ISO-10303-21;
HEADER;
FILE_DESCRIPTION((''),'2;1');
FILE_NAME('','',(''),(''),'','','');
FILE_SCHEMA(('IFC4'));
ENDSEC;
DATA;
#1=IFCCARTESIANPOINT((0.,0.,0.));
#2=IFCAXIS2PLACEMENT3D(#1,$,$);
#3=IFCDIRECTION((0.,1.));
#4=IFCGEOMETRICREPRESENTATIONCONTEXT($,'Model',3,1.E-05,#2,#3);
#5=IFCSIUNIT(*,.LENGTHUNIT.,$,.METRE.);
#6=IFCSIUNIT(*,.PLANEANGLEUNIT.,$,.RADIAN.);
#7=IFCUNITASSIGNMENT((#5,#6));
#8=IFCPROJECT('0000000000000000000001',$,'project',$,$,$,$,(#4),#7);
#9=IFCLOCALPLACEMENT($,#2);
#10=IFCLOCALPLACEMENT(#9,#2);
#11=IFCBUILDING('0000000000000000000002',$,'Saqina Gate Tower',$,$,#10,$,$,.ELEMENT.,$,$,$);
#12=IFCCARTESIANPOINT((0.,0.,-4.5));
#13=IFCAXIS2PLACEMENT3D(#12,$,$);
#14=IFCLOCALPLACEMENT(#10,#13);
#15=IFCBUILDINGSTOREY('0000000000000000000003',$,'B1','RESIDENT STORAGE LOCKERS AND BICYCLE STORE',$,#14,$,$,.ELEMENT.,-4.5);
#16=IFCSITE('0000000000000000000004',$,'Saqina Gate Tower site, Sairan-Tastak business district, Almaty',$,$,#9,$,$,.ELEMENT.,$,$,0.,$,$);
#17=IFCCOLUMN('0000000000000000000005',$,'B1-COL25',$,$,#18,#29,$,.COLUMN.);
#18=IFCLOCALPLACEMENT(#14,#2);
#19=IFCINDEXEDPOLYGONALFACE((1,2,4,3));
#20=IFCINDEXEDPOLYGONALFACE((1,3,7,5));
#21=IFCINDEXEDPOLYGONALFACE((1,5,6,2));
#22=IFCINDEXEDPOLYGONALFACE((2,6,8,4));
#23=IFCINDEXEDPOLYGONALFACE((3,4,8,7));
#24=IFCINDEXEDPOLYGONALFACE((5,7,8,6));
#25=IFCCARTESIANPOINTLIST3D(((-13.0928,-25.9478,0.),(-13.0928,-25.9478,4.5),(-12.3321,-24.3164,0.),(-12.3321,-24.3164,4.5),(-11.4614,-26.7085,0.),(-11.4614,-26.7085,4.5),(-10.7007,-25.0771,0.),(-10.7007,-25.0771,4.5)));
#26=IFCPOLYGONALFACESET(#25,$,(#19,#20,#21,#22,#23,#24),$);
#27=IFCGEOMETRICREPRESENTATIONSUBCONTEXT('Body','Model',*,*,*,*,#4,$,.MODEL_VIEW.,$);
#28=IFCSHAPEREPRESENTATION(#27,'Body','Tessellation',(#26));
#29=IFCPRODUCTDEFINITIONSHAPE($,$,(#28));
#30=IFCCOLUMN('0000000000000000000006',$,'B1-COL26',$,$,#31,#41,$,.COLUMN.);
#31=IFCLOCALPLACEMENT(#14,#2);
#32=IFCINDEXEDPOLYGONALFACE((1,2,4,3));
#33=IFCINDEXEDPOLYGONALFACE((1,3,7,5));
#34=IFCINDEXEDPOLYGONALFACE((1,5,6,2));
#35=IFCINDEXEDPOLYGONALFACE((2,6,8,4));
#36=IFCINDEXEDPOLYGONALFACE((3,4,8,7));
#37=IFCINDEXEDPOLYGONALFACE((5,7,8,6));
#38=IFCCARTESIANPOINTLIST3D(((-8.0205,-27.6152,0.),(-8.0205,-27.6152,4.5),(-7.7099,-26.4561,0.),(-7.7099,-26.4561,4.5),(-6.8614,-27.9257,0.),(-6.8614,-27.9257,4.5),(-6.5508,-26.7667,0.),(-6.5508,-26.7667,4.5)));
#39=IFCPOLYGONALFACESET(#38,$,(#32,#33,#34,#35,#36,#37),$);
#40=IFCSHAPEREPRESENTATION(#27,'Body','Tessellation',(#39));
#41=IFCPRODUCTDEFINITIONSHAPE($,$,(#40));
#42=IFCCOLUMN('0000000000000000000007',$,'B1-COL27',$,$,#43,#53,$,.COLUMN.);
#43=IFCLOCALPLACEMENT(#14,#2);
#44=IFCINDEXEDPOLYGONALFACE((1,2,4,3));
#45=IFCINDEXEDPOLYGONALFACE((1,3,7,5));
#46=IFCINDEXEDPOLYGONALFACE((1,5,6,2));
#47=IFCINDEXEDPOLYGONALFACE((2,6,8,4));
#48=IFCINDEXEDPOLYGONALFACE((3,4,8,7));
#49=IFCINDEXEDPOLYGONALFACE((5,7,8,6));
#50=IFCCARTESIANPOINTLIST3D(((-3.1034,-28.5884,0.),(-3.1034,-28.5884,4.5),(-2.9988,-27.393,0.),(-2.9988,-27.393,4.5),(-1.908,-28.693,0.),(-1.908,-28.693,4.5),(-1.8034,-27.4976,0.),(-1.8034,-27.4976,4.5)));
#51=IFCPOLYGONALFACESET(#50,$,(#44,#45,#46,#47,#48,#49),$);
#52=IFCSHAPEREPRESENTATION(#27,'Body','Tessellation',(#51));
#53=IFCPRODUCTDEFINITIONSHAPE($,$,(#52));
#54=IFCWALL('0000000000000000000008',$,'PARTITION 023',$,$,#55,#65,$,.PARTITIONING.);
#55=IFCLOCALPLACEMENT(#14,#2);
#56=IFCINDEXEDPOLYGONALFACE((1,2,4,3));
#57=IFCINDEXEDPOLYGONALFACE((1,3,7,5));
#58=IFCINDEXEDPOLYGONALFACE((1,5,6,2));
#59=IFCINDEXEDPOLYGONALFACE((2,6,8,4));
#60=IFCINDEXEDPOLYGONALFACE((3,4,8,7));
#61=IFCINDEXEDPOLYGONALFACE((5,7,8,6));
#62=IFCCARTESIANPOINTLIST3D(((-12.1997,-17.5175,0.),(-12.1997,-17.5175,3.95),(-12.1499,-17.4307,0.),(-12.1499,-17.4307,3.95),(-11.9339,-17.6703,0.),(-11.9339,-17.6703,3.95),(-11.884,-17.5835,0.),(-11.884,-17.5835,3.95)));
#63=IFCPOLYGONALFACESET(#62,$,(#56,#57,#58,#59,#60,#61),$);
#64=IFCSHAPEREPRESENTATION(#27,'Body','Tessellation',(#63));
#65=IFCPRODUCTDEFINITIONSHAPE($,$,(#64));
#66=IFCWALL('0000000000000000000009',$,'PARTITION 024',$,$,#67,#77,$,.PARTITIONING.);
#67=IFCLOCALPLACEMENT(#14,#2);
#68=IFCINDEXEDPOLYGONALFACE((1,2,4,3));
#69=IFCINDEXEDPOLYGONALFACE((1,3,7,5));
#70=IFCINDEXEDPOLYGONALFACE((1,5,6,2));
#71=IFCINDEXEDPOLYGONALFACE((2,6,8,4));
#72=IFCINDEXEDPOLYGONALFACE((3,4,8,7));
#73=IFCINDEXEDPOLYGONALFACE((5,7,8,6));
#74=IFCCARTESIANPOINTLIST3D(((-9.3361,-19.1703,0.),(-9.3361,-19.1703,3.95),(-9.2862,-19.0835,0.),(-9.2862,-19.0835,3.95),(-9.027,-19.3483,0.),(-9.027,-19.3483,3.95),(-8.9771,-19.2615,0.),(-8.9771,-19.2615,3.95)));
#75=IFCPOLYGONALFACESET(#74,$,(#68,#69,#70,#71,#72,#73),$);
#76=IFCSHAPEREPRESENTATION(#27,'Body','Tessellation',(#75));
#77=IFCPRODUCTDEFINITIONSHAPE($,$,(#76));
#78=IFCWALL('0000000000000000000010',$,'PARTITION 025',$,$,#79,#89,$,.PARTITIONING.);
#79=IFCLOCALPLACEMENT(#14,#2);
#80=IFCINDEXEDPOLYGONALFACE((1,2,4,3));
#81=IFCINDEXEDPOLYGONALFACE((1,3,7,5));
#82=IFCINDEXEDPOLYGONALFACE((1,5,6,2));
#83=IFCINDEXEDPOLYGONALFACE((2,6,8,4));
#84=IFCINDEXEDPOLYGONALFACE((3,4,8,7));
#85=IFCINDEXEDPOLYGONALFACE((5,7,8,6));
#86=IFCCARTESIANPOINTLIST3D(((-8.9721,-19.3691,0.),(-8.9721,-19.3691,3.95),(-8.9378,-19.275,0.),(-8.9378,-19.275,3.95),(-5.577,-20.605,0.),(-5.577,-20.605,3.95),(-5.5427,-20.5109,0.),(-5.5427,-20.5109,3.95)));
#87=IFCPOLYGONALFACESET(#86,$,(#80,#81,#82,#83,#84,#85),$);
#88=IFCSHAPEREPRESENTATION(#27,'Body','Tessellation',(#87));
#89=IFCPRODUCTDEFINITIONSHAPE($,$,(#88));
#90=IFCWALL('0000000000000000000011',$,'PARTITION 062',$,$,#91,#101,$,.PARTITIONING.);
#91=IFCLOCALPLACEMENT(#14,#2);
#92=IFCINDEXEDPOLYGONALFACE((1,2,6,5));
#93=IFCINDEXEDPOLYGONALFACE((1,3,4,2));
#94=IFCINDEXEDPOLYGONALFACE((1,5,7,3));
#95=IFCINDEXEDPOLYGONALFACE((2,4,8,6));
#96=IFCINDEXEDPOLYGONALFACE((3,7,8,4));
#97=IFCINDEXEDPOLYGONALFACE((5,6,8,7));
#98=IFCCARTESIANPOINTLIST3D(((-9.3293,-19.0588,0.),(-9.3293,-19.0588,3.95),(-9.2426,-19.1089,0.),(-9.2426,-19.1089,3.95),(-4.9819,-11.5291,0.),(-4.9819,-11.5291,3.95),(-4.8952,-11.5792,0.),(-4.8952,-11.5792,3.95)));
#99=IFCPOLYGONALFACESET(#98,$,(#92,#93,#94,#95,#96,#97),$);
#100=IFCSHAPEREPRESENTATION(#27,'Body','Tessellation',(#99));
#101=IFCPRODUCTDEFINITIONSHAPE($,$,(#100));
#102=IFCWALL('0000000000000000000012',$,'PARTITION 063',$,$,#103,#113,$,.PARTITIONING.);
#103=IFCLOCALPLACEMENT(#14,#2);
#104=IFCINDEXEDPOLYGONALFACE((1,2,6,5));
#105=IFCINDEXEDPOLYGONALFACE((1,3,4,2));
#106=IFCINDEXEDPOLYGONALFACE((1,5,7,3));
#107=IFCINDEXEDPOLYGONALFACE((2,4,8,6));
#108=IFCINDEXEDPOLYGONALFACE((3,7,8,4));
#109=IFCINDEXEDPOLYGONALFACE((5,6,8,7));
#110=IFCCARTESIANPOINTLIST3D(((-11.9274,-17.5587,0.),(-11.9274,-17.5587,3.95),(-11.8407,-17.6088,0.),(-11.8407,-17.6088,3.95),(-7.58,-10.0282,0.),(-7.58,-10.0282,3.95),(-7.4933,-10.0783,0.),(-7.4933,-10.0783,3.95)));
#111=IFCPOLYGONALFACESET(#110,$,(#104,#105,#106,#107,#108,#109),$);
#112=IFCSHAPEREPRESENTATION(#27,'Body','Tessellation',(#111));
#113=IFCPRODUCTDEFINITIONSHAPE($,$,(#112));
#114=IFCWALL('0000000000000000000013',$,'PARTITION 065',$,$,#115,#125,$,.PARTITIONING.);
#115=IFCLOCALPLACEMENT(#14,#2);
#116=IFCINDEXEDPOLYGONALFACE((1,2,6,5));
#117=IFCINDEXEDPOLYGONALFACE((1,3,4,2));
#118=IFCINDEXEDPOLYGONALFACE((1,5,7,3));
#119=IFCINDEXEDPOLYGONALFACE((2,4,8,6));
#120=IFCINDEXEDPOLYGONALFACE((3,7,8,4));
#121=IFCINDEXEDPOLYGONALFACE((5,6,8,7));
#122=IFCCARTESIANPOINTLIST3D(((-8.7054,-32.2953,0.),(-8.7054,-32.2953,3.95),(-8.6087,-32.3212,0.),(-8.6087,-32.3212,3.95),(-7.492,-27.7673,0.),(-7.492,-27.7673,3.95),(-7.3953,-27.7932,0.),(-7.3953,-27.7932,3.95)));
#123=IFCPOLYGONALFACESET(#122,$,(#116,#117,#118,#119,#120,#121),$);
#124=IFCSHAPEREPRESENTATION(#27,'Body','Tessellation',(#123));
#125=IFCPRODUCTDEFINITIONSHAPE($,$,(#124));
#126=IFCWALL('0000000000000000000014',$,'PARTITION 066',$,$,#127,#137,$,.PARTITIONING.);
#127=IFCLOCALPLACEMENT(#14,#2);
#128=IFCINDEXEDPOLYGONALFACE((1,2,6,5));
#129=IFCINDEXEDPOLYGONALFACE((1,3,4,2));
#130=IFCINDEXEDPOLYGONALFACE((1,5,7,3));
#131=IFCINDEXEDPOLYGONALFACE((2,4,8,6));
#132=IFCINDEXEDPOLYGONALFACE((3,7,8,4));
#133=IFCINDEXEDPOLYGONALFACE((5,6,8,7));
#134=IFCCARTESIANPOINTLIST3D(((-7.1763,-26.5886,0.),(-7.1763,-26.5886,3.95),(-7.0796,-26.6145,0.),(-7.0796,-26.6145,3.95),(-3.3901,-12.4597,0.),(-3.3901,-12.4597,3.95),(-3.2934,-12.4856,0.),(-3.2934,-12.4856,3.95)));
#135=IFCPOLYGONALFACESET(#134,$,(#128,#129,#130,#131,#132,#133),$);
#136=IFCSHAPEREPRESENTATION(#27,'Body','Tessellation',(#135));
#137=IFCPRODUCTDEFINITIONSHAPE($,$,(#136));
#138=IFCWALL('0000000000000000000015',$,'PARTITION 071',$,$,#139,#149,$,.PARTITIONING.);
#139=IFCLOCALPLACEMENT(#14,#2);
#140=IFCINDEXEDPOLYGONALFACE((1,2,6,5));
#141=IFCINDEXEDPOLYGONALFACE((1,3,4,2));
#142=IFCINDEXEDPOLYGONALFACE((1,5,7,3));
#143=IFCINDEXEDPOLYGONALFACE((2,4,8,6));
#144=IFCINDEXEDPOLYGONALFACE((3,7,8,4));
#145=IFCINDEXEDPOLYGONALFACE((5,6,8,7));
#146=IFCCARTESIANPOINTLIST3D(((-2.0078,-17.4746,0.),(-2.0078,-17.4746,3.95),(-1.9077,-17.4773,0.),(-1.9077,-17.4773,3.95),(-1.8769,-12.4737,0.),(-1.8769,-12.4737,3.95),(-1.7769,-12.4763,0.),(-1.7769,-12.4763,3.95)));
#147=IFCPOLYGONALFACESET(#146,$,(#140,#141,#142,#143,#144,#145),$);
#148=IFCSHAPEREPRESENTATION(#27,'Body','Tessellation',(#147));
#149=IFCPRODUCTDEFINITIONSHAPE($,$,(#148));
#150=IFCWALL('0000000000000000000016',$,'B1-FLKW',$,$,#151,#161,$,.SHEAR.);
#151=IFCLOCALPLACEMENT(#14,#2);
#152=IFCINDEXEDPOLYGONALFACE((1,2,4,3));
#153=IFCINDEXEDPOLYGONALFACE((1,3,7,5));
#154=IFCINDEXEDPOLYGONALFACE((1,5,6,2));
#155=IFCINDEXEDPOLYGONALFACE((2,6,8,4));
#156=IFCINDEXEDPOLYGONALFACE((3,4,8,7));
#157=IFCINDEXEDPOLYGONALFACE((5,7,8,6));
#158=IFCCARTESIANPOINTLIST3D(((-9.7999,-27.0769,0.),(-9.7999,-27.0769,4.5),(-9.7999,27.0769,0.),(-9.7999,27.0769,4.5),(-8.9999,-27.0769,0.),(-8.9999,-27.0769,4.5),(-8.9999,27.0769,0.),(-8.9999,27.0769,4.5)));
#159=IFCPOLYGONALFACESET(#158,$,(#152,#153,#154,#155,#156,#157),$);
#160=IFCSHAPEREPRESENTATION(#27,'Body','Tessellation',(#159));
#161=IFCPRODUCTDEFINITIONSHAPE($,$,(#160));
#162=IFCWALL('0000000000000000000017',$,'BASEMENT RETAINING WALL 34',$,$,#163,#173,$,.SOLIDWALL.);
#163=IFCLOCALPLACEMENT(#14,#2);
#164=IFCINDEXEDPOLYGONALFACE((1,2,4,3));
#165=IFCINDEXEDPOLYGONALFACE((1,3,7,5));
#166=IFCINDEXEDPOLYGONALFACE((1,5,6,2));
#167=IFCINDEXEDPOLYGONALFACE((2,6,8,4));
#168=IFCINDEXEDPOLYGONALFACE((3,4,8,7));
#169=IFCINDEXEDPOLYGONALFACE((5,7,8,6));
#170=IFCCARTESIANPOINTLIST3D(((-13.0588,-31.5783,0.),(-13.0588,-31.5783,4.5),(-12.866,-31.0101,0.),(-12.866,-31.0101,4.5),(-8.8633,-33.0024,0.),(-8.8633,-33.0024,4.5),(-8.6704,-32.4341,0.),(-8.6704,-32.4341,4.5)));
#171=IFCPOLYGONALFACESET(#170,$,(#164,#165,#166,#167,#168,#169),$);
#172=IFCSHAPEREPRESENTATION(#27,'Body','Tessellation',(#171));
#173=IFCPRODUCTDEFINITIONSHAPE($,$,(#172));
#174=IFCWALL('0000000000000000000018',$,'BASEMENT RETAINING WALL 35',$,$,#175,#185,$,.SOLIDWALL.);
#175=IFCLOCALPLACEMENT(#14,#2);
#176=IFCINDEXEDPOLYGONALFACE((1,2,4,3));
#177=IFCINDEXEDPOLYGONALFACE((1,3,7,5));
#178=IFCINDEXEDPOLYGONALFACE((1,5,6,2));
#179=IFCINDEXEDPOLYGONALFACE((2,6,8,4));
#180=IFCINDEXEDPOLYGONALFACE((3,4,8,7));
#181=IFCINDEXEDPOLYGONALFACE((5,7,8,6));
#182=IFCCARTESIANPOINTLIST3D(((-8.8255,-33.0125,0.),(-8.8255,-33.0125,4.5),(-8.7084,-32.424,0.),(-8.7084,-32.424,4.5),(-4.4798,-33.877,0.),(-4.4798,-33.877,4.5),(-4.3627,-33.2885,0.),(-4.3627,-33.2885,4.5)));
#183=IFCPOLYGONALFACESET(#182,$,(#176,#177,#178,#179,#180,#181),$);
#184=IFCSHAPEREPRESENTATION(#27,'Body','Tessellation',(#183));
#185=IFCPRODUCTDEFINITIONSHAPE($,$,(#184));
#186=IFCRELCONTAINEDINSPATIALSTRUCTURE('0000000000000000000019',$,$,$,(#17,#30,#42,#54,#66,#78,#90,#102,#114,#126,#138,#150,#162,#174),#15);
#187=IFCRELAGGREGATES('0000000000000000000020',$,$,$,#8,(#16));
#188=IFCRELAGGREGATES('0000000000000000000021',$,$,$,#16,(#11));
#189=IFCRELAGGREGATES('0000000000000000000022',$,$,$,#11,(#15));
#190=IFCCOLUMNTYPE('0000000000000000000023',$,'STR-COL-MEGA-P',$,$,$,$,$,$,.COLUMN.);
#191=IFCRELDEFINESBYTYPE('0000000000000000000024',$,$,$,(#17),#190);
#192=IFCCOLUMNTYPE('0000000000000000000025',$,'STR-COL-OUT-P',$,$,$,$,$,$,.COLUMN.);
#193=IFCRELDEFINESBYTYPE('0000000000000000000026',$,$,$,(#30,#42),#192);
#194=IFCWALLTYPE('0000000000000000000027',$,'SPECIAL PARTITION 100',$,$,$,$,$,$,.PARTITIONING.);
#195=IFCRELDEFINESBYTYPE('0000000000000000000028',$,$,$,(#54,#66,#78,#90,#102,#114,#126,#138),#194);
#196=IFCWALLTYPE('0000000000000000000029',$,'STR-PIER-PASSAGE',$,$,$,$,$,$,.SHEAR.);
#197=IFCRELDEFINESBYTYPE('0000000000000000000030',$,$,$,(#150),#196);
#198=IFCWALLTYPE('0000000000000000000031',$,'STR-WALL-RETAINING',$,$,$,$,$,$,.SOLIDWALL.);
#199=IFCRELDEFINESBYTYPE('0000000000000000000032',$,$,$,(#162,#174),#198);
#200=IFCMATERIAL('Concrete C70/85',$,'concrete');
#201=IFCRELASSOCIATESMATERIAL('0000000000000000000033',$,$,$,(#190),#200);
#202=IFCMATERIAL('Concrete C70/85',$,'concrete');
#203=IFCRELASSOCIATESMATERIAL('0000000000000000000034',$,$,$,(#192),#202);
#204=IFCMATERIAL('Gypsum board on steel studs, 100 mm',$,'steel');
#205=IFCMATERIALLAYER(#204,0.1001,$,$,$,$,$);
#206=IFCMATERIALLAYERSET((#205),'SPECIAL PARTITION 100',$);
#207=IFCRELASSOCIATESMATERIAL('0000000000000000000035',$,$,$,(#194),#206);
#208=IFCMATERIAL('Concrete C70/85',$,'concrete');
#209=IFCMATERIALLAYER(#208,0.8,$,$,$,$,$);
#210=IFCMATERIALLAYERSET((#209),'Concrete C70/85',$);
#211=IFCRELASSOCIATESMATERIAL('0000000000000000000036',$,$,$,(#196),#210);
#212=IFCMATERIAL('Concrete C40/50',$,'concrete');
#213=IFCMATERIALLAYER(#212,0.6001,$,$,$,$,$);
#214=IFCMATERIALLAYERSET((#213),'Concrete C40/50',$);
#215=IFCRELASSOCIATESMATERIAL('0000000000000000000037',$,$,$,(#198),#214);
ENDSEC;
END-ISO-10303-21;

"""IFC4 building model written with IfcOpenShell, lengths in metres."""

from ifc_helpers import new_model, si_unit, direction, frame, frame_2d, origin, origin_2d, place, context, subcontext, project, spatial, rectangle, extrude, material, layer, layer_set, material_profile, profile_set, type_object, element, save


model = new_model("IFC4")

# Units and contexts
model_context = context("Model", 3, precision=1e-05, world=origin(), true_north=direction((0.0, 1.0)))
body_context = subcontext(model_context, "Body", "Model", "MODEL_VIEW")
ifc_project = project(units=[si_unit("LENGTHUNIT", "METRE"), si_unit("PLANEANGLEUNIT", "RADIAN")], contexts=[model_context])

# Site, building, storey
site_placement = place(None, origin())
site = spatial("IfcSite", under=ifc_project, at=site_placement, Name="Saqina Gate Tower site, Sairan-Tastak business district, Almaty", CompositionType="ELEMENT", RefElevation=0.0)
building_placement = place(site_placement, origin())
building = spatial("IfcBuilding", under=site, at=building_placement, Name="Saqina Gate Tower", CompositionType="ELEMENT")
storey_placement = place(building_placement, frame((0.0, 0.0, -4.5)))
storey = spatial("IfcBuildingStorey", under=building, at=storey_placement, Name="B1", Description="RESIDENT STORAGE LOCKERS AND BICYCLE STORE", CompositionType="ELEMENT", Elevation=-4.5)

# Columns
ifc_material_1 = material(Name="Concrete C70/85", Category="concrete")
ifc_material_profile_1 = material_profile(ifc_material_1, rectangle(XDim=1.8, YDim=1.8, at=origin_2d()), Name="RC 1800x1800")
ifc_profile_set_1 = profile_set([ifc_material_profile_1], Name="Concrete C70/85")
column_type_1 = type_object("IfcColumnType", Name="STR-COL-MEGA-P", PredefinedType="COLUMN", material=ifc_profile_set_1)
column_placement = place(storey_placement, frame((-11.8967, -25.5125, 0.0), z_axis=(0.0, 0.0, 1.0), x_axis=(-0.422618, -0.906308, 0.0)))
element("IfcColumn", 1, at=column_placement, inside=storey, type_object=column_type_1, Name="B1-COL25", PredefinedType="COLUMN", context=body_context, shape_type="SweptSolid", body=[
    extrude(rectangle(XDim=1.8, YDim=1.8, at=origin_2d()), origin(), (0.0, 0.0, 1.0), 4.5),
])
ifc_material_2 = material(Name="Concrete C70/85", Category="concrete")
ifc_material_profile_2 = material_profile(ifc_material_2, rectangle(XDim=1.2, YDim=1.2, at=origin_2d()), Name="RC 1200x1200")
ifc_profile_set_2 = profile_set([ifc_material_profile_2], Name="Concrete C70/85")
column_type_2 = type_object("IfcColumnType", Name="STR-COL-OUT-P", PredefinedType="COLUMN", material=ifc_profile_set_2)
for number, where, z_axis, x_axis, name in (
    (2, (-7.2856, -27.1909, 0.0), (0.0, 0.0, 1.0), (-0.258819, -0.965926, 0.0), "B1-COL26"),
    (3, (-2.4534, -28.043, 0.0), (0.0, 0.0, 1.0), (-0.087156, -0.996195, 0.0), "B1-COL27"),
):
    element("IfcColumn", number, at=place(storey_placement, frame(where, z_axis=z_axis, x_axis=x_axis)), inside=storey, type_object=column_type_2, Name=name, PredefinedType="COLUMN", context=body_context, shape_type="SweptSolid", body=[
        extrude(rectangle(XDim=1.2, YDim=1.2, at=origin_2d()), origin(), (0.0, 0.0, 1.0), 4.5),
    ])

# Walls
ifc_material_3 = material(Name="Gypsum board on steel studs, 100 mm", Category="steel")
ifc_layer_1 = layer(ifc_material_3, 0.1001)
ifc_layer_set_1 = layer_set([ifc_layer_1], Name="SPECIAL PARTITION 100")
wall_type_1 = type_object("IfcWallType", Name="SPECIAL PARTITION 100", PredefinedType="PARTITIONING", material=ifc_layer_set_1)
wall_1_placement = place(storey_placement, frame((-12.1748, -17.4741, 0.0), z_axis=(0.0, 0.0, 1.0), x_axis=(0.866967, -0.498366, 0.0)))
element("IfcWall", 4, at=wall_1_placement, inside=storey, type_object=wall_type_1, Name="PARTITION 023", PredefinedType="PARTITIONING", context=body_context, shape_type="SweptSolid", body=[
    extrude(rectangle(XDim=0.3066, YDim=0.1001, at=frame_2d((0.1533, 0.0))), origin(), (0.0, 0.0, 1.0), 3.95),
])
wall_2_placement = place(storey_placement, frame((-9.311, -19.127, 0.0), z_axis=(0.0, 0.0, 1.0), x_axis=(0.866596, -0.499011, 0.0)))
element("IfcWall", 5, at=wall_2_placement, inside=storey, type_object=wall_type_1, Name="PARTITION 024", PredefinedType="PARTITIONING", context=body_context, shape_type="SweptSolid", body=[
    extrude(rectangle(XDim=0.3567, YDim=0.1001, at=frame_2d((0.1782, 0.0))), origin(), (0.0, 0.0, 1.0), 3.95),
])
wall_3_placement = place(storey_placement, frame((-8.9551, -19.322, 0.0), z_axis=(0.0, 0.0, 1.0), x_axis=(0.939679, -0.342058, 0.0)))
element("IfcWall", 6, at=wall_3_placement, inside=storey, type_object=wall_type_1, Name="PARTITION 025", PredefinedType="PARTITIONING", context=body_context, shape_type="SweptSolid", body=[
    extrude(rectangle(XDim=3.613, YDim=0.1001, at=frame_2d((1.8066, 0.0))), origin(), (0.0, 0.0, 1.0), 3.95),
])
wall_4_placement = place(storey_placement, frame((-9.2859, -19.0837, 0.0), z_axis=(0.0, 0.0, 1.0), x_axis=(0.500008, 0.866021, 0.0)))
element("IfcWall", 7, at=wall_4_placement, inside=storey, type_object=wall_type_1, Name="PARTITION 062", PredefinedType="PARTITIONING", context=body_context, shape_type="SweptSolid", body=[
    extrude(rectangle(XDim=8.6946, YDim=0.1001, at=frame_2d((4.3472, 0.0))), origin(), (0.0, 0.0, 1.0), 3.95),
])
wall_5_placement = place(storey_placement, frame((-11.884, -17.5837, 0.0), z_axis=(0.0, 0.0, 1.0), x_axis=(0.499971, 0.866042, 0.0)))
element("IfcWall", 8, at=wall_5_placement, inside=storey, type_object=wall_type_1, Name="PARTITION 063", PredefinedType="PARTITIONING", context=body_context, shape_type="SweptSolid", body=[
    extrude(rectangle(XDim=8.6953, YDim=0.1001, at=frame_2d((4.3477, 0.0))), origin(), (0.0, 0.0, 1.0), 3.95),
])
wall_6_placement = place(storey_placement, frame((-8.657, -32.3081, 0.0), z_axis=(0.0, 0.0, 1.0), x_axis=(0.258836, 0.965921, 0.0)))
element("IfcWall", 9, at=wall_6_placement, inside=storey, type_object=wall_type_1, Name="PARTITION 065", PredefinedType="PARTITIONING", context=body_context, shape_type="SweptSolid", body=[
    extrude(rectangle(XDim=4.6877, YDim=0.1001, at=frame_2d((2.3438, 0.0))), origin(), (0.0, 0.0, 1.0), 3.95),
])
wall_7_placement = place(storey_placement, frame((-7.1279, -26.6016, 0.0), z_axis=(0.0, 0.0, 1.0), x_axis=(0.258838, 0.965921, 0.0)))
element("IfcWall", 10, at=wall_7_placement, inside=storey, type_object=wall_type_1, Name="PARTITION 066", PredefinedType="PARTITIONING", context=body_context, shape_type="SweptSolid", body=[
    extrude(rectangle(XDim=14.6274, YDim=0.1001, at=frame_2d((7.3137, 0.0))), origin(), (0.0, 0.0, 1.0), 3.95),
])
wall_8_placement = place(storey_placement, frame((-1.9578, -17.4761, 0.0), z_axis=(0.0, 0.0, 1.0), x_axis=(0.026158, 0.999658, 0.0)))
element("IfcWall", 11, at=wall_8_placement, inside=storey, type_object=wall_type_1, Name="PARTITION 071", PredefinedType="PARTITIONING", context=body_context, shape_type="SweptSolid", body=[
    extrude(rectangle(XDim=5.0027, YDim=0.1001, at=frame_2d((2.5015, 0.0))), origin(), (0.0, 0.0, 1.0), 3.95),
])
ifc_material_4 = material(Name="Concrete C70/85", Category="concrete")
ifc_layer_2 = layer(ifc_material_4, 0.8)
ifc_layer_set_2 = layer_set([ifc_layer_2], Name="Concrete C70/85")
wall_type_2 = type_object("IfcWallType", Name="STR-PIER-PASSAGE", PredefinedType="SHEAR", material=ifc_layer_set_2)
wall_9_placement = place(storey_placement, frame((-9.3999, -27.0769, 0.0), z_axis=(0.0, 0.0, 1.0), x_axis=(0.0, 1.0, 0.0)))
element("IfcWall", 12, at=wall_9_placement, inside=storey, type_object=wall_type_2, Name="B1-FLKW", PredefinedType="SHEAR", context=body_context, shape_type="SweptSolid", body=[
    extrude(rectangle(XDim=54.1538, YDim=0.8, at=frame_2d((27.0769, 0.0))), origin(), (0.0, 0.0, 1.0), 4.5),
])
ifc_material_5 = material(Name="Concrete C40/50", Category="concrete")
ifc_layer_3 = layer(ifc_material_5, 0.6001)
ifc_layer_set_3 = layer_set([ifc_layer_3], Name="Concrete C40/50")
wall_type_3 = type_object("IfcWallType", Name="STR-WALL-RETAINING", PredefinedType="SOLIDWALL", material=ifc_layer_set_3)
wall_10_placement = place(storey_placement, frame((-12.9624, -31.2942, 0.0), z_axis=(0.0, 0.0, 1.0), x_axis=(0.946939, -0.321414, 0.0)))
element("IfcWall", 13, at=wall_10_placement, inside=storey, type_object=wall_type_3, Name="BASEMENT RETAINING WALL 34", PredefinedType="SOLIDWALL", context=body_context, shape_type="SweptSolid", body=[
    extrude(rectangle(XDim=4.4307, YDim=0.6001, at=frame_2d((2.2153, 0.0))), origin(), (0.0, 0.0, 1.0), 4.5),
])
wall_11_placement = place(storey_placement, frame((-8.7668, -32.7183, 0.0), z_axis=(0.0, 0.0, 1.0), x_axis=(0.980781, -0.195109, 0.0)))
element("IfcWall", 14, at=wall_11_placement, inside=storey, type_object=wall_type_3, Name="BASEMENT RETAINING WALL 35", PredefinedType="SOLIDWALL", context=body_context, shape_type="SweptSolid", body=[
    extrude(rectangle(XDim=4.4309, YDim=0.6001, at=frame_2d((2.2153, 0.0))), origin(), (0.0, 0.0, 1.0), 4.5),
])

save(model, "model.ifc")
